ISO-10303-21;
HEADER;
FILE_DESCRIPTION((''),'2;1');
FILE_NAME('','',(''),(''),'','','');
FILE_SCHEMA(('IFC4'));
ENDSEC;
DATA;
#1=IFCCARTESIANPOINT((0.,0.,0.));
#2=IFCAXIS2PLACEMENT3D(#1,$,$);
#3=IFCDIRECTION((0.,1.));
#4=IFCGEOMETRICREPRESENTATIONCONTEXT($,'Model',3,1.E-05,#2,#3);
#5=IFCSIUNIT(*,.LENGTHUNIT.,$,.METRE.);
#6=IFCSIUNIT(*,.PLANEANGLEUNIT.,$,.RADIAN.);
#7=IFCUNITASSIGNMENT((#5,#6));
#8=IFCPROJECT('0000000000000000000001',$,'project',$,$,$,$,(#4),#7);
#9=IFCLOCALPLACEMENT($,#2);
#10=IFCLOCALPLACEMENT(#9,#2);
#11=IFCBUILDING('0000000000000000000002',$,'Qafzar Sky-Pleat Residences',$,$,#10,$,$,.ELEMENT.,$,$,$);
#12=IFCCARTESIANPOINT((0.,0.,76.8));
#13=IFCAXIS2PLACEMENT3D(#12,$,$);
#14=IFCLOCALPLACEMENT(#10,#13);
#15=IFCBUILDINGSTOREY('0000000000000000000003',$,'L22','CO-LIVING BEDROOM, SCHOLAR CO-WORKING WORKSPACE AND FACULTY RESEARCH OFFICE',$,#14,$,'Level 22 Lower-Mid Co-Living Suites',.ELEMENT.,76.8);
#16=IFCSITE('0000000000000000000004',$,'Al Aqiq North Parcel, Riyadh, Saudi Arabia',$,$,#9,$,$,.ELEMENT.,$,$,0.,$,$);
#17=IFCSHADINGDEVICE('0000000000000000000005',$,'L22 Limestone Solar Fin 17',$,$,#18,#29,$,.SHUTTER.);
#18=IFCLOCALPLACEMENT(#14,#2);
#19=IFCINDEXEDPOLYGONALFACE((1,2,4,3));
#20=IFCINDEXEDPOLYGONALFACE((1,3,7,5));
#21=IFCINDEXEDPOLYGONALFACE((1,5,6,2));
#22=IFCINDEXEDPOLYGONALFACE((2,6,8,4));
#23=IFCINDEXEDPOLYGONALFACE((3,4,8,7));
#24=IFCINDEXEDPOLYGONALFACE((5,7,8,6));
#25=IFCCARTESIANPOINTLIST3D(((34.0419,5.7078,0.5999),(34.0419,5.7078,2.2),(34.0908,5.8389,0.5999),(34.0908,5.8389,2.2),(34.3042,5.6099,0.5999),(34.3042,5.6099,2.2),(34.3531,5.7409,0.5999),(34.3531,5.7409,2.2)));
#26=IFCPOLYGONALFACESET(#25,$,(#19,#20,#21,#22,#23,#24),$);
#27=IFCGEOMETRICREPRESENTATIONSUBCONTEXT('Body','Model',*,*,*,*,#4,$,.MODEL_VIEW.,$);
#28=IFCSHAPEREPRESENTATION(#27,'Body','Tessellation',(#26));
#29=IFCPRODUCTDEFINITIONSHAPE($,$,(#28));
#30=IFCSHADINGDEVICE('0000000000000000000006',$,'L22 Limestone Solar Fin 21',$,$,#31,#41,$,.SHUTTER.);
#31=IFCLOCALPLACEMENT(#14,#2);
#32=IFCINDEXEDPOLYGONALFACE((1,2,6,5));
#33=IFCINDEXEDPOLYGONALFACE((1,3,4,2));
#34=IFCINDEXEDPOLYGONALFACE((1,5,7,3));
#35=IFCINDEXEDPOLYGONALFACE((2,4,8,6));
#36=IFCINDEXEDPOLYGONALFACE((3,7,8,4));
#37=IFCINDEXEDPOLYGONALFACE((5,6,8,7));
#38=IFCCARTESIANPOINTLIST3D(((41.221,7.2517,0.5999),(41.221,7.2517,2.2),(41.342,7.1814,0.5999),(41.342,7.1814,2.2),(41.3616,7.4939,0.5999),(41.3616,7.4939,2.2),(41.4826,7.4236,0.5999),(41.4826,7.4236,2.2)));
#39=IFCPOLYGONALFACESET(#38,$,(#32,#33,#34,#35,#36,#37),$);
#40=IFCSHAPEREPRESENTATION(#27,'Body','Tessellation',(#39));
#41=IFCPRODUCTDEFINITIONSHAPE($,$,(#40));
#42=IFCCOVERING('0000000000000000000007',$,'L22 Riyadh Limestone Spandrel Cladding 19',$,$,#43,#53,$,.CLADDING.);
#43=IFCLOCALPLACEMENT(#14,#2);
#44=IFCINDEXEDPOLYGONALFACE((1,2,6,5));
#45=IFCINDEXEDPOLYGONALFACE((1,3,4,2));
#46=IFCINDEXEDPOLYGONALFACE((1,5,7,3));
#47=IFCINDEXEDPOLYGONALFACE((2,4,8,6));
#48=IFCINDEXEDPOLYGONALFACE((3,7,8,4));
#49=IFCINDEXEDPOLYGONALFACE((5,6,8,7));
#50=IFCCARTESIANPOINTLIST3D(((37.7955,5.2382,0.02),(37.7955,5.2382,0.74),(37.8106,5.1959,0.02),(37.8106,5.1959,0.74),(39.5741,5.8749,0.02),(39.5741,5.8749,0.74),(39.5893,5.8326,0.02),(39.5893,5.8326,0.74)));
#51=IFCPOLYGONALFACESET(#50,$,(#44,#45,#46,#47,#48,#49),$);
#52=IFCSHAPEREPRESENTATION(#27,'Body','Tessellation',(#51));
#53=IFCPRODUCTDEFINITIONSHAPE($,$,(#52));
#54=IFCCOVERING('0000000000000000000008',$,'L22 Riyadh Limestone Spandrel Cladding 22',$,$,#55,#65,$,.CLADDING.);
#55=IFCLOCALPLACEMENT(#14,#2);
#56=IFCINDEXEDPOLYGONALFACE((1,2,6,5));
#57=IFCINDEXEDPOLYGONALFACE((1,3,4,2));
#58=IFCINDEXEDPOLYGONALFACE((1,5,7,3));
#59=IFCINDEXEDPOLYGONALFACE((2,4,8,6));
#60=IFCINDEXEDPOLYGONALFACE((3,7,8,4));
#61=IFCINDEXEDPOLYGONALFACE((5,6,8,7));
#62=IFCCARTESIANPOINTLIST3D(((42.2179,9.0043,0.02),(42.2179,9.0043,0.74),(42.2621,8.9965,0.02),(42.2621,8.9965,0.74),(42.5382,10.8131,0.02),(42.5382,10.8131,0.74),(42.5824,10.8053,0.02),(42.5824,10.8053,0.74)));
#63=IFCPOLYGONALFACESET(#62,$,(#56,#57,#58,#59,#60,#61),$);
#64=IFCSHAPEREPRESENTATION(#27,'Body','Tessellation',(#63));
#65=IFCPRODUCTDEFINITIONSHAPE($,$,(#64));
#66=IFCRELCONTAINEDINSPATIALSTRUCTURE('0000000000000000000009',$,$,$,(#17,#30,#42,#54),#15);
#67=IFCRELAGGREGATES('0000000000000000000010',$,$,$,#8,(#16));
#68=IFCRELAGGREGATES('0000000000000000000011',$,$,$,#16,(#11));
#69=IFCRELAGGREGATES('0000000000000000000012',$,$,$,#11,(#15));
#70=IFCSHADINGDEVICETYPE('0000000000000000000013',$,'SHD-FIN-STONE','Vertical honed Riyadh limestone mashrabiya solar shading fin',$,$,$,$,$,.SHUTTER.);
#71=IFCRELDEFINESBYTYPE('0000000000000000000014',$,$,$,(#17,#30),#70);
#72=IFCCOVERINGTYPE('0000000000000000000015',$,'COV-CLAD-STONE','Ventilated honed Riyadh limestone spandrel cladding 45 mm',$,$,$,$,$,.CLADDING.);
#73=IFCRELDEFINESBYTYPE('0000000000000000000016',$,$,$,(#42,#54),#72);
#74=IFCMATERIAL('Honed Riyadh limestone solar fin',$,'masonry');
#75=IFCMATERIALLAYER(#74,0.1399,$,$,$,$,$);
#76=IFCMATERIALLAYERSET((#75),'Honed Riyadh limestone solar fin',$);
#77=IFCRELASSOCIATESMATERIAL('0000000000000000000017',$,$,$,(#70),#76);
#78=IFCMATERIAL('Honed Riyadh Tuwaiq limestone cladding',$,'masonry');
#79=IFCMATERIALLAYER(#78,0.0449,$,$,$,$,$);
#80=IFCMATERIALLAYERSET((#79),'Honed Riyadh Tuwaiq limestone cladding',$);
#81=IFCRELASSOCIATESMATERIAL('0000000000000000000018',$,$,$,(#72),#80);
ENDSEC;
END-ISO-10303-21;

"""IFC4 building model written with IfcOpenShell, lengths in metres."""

from ifc_helpers import new_model, si_unit, direction, frame, origin, origin_2d, place, context, subcontext, project, spatial, rectangle, extrude, source, transform, mapped, material, layer, layer_set, type_object, element, save


model = new_model("IFC4")

# Units and contexts
model_context = context("Model", 3, precision=1e-05, world=origin(), true_north=direction((0.0, 1.0)))
body_context = subcontext(model_context, "Body", "Model", "MODEL_VIEW")
ifc_project = project(units=[si_unit("LENGTHUNIT", "METRE"), si_unit("PLANEANGLEUNIT", "RADIAN")], contexts=[model_context])

# Site, building, storey
site_placement = place(None, origin())
site = spatial("IfcSite", under=ifc_project, at=site_placement, Name="Al Aqiq North Parcel, Riyadh, Saudi Arabia", CompositionType="ELEMENT", RefElevation=0.0)
building_placement = place(site_placement, origin())
building = spatial("IfcBuilding", under=site, at=building_placement, Name="Qafzar Sky-Pleat Residences", CompositionType="ELEMENT")
storey_placement = place(building_placement, frame((0.0, 0.0, 76.8)))
storey = spatial("IfcBuildingStorey", under=building, at=storey_placement, Name="L22", Description="CO-LIVING BEDROOM, SCHOLAR CO-WORKING WORKSPACE AND FACULTY RESEARCH OFFICE", LongName="Level 22 Lower-Mid Co-Living Suites", CompositionType="ELEMENT", Elevation=76.8)

# Shading devices
ifc_material_1 = material(Name="Honed Riyadh limestone solar fin", Category="masonry")
ifc_layer_1 = layer(ifc_material_1, 0.1399)
ifc_layer_set_1 = layer_set([ifc_layer_1], Name="Honed Riyadh limestone solar fin")
shading_device_type = type_object("IfcShadingDeviceType", Name="SHD-FIN-STONE", Description="Vertical honed Riyadh limestone mashrabiya solar shading fin", PredefinedType="SHUTTER", material=ifc_layer_set_1)
shared_shape_1 = source(origin(), body_context, "Body", "SweptSolid", [
    extrude(rectangle(XDim=0.1399, YDim=0.28, at=origin_2d()), origin(), (0.0, 0.0, 1.0), 1.6001),
])
for number, where, z_axis, x_axis, name in (
    (1, (34.1975, 5.7244, 0.5999), (0.0, 0.0, 1.0), (-0.349796, -0.936826, 0.0), "L22 Limestone Solar Fin 17"),
    (2, (41.3518, 7.3376, 0.5999), (0.0, 0.0, 1.0), (0.864896, -0.501952, 0.0), "L22 Limestone Solar Fin 21"),
):
    element("IfcShadingDevice", number, at=place(storey_placement, frame(where, z_axis=z_axis, x_axis=x_axis)), inside=storey, type_object=shading_device_type, Name=name, PredefinedType="SHUTTER", context=body_context, shape_type="MappedRepresentation", body=[
        mapped(shared_shape_1, transform((0.0, 0.0, 0.0), x_axis=(1.0, 0.0, 0.0), y_axis=(0.0, 1.0, 0.0), z_axis=(0.0, 0.0, 1.0), scale=1.0)),
    ])

# Coverings
ifc_material_2 = material(Name="Honed Riyadh Tuwaiq limestone cladding", Category="masonry")
ifc_layer_2 = layer(ifc_material_2, 0.0449)
ifc_layer_set_2 = layer_set([ifc_layer_2], Name="Honed Riyadh Tuwaiq limestone cladding")
covering_type = type_object("IfcCoveringType", Name="COV-CLAD-STONE", Description="Ventilated honed Riyadh limestone spandrel cladding 45 mm", PredefinedType="CLADDING", material=ifc_layer_set_2)
shared_shape_2 = source(origin(), body_context, "Body", "SweptSolid", [
    extrude(rectangle(XDim=1.8892, YDim=0.0449, at=origin_2d()), origin(), (0.0, 0.0, 1.0), 0.72),
])
covering_1_placement = place(storey_placement, frame((38.6924, 5.5354, 0.02), z_axis=(0.0, 0.0, 1.0), x_axis=(0.941498, 0.337018, 0.0)))
element("IfcCovering", 3, at=covering_1_placement, inside=storey, type_object=covering_type, Name="L22 Riyadh Limestone Spandrel Cladding 19", PredefinedType="CLADDING", context=body_context, shape_type="MappedRepresentation", body=[
    mapped(shared_shape_2, transform((0.0, 0.0, 0.0), x_axis=(1.0, 0.0, 0.0), y_axis=(0.0, 1.0, 0.0), z_axis=(0.0, 0.0, 1.0), scale=1.0)),
])
shared_shape_3 = source(origin(), body_context, "Body", "SweptSolid", [
    extrude(rectangle(XDim=1.8369, YDim=0.0449, at=origin_2d()), origin(), (0.0, 0.0, 1.0), 0.72),
])
covering_2_placement = place(storey_placement, frame((42.4001, 9.9048, 0.02), z_axis=(0.0, 0.0, 1.0), x_axis=(0.174378, 0.984679, 0.0)))
element("IfcCovering", 4, at=covering_2_placement, inside=storey, type_object=covering_type, Name="L22 Riyadh Limestone Spandrel Cladding 22", PredefinedType="CLADDING", context=body_context, shape_type="MappedRepresentation", body=[
    mapped(shared_shape_3, transform((0.0, 0.0, 0.0), x_axis=(1.0, 0.0, 0.0), y_axis=(0.0, 1.0, 0.0), z_axis=(0.0, 0.0, 1.0), scale=1.0)),
])

save(model, "model.ifc")
